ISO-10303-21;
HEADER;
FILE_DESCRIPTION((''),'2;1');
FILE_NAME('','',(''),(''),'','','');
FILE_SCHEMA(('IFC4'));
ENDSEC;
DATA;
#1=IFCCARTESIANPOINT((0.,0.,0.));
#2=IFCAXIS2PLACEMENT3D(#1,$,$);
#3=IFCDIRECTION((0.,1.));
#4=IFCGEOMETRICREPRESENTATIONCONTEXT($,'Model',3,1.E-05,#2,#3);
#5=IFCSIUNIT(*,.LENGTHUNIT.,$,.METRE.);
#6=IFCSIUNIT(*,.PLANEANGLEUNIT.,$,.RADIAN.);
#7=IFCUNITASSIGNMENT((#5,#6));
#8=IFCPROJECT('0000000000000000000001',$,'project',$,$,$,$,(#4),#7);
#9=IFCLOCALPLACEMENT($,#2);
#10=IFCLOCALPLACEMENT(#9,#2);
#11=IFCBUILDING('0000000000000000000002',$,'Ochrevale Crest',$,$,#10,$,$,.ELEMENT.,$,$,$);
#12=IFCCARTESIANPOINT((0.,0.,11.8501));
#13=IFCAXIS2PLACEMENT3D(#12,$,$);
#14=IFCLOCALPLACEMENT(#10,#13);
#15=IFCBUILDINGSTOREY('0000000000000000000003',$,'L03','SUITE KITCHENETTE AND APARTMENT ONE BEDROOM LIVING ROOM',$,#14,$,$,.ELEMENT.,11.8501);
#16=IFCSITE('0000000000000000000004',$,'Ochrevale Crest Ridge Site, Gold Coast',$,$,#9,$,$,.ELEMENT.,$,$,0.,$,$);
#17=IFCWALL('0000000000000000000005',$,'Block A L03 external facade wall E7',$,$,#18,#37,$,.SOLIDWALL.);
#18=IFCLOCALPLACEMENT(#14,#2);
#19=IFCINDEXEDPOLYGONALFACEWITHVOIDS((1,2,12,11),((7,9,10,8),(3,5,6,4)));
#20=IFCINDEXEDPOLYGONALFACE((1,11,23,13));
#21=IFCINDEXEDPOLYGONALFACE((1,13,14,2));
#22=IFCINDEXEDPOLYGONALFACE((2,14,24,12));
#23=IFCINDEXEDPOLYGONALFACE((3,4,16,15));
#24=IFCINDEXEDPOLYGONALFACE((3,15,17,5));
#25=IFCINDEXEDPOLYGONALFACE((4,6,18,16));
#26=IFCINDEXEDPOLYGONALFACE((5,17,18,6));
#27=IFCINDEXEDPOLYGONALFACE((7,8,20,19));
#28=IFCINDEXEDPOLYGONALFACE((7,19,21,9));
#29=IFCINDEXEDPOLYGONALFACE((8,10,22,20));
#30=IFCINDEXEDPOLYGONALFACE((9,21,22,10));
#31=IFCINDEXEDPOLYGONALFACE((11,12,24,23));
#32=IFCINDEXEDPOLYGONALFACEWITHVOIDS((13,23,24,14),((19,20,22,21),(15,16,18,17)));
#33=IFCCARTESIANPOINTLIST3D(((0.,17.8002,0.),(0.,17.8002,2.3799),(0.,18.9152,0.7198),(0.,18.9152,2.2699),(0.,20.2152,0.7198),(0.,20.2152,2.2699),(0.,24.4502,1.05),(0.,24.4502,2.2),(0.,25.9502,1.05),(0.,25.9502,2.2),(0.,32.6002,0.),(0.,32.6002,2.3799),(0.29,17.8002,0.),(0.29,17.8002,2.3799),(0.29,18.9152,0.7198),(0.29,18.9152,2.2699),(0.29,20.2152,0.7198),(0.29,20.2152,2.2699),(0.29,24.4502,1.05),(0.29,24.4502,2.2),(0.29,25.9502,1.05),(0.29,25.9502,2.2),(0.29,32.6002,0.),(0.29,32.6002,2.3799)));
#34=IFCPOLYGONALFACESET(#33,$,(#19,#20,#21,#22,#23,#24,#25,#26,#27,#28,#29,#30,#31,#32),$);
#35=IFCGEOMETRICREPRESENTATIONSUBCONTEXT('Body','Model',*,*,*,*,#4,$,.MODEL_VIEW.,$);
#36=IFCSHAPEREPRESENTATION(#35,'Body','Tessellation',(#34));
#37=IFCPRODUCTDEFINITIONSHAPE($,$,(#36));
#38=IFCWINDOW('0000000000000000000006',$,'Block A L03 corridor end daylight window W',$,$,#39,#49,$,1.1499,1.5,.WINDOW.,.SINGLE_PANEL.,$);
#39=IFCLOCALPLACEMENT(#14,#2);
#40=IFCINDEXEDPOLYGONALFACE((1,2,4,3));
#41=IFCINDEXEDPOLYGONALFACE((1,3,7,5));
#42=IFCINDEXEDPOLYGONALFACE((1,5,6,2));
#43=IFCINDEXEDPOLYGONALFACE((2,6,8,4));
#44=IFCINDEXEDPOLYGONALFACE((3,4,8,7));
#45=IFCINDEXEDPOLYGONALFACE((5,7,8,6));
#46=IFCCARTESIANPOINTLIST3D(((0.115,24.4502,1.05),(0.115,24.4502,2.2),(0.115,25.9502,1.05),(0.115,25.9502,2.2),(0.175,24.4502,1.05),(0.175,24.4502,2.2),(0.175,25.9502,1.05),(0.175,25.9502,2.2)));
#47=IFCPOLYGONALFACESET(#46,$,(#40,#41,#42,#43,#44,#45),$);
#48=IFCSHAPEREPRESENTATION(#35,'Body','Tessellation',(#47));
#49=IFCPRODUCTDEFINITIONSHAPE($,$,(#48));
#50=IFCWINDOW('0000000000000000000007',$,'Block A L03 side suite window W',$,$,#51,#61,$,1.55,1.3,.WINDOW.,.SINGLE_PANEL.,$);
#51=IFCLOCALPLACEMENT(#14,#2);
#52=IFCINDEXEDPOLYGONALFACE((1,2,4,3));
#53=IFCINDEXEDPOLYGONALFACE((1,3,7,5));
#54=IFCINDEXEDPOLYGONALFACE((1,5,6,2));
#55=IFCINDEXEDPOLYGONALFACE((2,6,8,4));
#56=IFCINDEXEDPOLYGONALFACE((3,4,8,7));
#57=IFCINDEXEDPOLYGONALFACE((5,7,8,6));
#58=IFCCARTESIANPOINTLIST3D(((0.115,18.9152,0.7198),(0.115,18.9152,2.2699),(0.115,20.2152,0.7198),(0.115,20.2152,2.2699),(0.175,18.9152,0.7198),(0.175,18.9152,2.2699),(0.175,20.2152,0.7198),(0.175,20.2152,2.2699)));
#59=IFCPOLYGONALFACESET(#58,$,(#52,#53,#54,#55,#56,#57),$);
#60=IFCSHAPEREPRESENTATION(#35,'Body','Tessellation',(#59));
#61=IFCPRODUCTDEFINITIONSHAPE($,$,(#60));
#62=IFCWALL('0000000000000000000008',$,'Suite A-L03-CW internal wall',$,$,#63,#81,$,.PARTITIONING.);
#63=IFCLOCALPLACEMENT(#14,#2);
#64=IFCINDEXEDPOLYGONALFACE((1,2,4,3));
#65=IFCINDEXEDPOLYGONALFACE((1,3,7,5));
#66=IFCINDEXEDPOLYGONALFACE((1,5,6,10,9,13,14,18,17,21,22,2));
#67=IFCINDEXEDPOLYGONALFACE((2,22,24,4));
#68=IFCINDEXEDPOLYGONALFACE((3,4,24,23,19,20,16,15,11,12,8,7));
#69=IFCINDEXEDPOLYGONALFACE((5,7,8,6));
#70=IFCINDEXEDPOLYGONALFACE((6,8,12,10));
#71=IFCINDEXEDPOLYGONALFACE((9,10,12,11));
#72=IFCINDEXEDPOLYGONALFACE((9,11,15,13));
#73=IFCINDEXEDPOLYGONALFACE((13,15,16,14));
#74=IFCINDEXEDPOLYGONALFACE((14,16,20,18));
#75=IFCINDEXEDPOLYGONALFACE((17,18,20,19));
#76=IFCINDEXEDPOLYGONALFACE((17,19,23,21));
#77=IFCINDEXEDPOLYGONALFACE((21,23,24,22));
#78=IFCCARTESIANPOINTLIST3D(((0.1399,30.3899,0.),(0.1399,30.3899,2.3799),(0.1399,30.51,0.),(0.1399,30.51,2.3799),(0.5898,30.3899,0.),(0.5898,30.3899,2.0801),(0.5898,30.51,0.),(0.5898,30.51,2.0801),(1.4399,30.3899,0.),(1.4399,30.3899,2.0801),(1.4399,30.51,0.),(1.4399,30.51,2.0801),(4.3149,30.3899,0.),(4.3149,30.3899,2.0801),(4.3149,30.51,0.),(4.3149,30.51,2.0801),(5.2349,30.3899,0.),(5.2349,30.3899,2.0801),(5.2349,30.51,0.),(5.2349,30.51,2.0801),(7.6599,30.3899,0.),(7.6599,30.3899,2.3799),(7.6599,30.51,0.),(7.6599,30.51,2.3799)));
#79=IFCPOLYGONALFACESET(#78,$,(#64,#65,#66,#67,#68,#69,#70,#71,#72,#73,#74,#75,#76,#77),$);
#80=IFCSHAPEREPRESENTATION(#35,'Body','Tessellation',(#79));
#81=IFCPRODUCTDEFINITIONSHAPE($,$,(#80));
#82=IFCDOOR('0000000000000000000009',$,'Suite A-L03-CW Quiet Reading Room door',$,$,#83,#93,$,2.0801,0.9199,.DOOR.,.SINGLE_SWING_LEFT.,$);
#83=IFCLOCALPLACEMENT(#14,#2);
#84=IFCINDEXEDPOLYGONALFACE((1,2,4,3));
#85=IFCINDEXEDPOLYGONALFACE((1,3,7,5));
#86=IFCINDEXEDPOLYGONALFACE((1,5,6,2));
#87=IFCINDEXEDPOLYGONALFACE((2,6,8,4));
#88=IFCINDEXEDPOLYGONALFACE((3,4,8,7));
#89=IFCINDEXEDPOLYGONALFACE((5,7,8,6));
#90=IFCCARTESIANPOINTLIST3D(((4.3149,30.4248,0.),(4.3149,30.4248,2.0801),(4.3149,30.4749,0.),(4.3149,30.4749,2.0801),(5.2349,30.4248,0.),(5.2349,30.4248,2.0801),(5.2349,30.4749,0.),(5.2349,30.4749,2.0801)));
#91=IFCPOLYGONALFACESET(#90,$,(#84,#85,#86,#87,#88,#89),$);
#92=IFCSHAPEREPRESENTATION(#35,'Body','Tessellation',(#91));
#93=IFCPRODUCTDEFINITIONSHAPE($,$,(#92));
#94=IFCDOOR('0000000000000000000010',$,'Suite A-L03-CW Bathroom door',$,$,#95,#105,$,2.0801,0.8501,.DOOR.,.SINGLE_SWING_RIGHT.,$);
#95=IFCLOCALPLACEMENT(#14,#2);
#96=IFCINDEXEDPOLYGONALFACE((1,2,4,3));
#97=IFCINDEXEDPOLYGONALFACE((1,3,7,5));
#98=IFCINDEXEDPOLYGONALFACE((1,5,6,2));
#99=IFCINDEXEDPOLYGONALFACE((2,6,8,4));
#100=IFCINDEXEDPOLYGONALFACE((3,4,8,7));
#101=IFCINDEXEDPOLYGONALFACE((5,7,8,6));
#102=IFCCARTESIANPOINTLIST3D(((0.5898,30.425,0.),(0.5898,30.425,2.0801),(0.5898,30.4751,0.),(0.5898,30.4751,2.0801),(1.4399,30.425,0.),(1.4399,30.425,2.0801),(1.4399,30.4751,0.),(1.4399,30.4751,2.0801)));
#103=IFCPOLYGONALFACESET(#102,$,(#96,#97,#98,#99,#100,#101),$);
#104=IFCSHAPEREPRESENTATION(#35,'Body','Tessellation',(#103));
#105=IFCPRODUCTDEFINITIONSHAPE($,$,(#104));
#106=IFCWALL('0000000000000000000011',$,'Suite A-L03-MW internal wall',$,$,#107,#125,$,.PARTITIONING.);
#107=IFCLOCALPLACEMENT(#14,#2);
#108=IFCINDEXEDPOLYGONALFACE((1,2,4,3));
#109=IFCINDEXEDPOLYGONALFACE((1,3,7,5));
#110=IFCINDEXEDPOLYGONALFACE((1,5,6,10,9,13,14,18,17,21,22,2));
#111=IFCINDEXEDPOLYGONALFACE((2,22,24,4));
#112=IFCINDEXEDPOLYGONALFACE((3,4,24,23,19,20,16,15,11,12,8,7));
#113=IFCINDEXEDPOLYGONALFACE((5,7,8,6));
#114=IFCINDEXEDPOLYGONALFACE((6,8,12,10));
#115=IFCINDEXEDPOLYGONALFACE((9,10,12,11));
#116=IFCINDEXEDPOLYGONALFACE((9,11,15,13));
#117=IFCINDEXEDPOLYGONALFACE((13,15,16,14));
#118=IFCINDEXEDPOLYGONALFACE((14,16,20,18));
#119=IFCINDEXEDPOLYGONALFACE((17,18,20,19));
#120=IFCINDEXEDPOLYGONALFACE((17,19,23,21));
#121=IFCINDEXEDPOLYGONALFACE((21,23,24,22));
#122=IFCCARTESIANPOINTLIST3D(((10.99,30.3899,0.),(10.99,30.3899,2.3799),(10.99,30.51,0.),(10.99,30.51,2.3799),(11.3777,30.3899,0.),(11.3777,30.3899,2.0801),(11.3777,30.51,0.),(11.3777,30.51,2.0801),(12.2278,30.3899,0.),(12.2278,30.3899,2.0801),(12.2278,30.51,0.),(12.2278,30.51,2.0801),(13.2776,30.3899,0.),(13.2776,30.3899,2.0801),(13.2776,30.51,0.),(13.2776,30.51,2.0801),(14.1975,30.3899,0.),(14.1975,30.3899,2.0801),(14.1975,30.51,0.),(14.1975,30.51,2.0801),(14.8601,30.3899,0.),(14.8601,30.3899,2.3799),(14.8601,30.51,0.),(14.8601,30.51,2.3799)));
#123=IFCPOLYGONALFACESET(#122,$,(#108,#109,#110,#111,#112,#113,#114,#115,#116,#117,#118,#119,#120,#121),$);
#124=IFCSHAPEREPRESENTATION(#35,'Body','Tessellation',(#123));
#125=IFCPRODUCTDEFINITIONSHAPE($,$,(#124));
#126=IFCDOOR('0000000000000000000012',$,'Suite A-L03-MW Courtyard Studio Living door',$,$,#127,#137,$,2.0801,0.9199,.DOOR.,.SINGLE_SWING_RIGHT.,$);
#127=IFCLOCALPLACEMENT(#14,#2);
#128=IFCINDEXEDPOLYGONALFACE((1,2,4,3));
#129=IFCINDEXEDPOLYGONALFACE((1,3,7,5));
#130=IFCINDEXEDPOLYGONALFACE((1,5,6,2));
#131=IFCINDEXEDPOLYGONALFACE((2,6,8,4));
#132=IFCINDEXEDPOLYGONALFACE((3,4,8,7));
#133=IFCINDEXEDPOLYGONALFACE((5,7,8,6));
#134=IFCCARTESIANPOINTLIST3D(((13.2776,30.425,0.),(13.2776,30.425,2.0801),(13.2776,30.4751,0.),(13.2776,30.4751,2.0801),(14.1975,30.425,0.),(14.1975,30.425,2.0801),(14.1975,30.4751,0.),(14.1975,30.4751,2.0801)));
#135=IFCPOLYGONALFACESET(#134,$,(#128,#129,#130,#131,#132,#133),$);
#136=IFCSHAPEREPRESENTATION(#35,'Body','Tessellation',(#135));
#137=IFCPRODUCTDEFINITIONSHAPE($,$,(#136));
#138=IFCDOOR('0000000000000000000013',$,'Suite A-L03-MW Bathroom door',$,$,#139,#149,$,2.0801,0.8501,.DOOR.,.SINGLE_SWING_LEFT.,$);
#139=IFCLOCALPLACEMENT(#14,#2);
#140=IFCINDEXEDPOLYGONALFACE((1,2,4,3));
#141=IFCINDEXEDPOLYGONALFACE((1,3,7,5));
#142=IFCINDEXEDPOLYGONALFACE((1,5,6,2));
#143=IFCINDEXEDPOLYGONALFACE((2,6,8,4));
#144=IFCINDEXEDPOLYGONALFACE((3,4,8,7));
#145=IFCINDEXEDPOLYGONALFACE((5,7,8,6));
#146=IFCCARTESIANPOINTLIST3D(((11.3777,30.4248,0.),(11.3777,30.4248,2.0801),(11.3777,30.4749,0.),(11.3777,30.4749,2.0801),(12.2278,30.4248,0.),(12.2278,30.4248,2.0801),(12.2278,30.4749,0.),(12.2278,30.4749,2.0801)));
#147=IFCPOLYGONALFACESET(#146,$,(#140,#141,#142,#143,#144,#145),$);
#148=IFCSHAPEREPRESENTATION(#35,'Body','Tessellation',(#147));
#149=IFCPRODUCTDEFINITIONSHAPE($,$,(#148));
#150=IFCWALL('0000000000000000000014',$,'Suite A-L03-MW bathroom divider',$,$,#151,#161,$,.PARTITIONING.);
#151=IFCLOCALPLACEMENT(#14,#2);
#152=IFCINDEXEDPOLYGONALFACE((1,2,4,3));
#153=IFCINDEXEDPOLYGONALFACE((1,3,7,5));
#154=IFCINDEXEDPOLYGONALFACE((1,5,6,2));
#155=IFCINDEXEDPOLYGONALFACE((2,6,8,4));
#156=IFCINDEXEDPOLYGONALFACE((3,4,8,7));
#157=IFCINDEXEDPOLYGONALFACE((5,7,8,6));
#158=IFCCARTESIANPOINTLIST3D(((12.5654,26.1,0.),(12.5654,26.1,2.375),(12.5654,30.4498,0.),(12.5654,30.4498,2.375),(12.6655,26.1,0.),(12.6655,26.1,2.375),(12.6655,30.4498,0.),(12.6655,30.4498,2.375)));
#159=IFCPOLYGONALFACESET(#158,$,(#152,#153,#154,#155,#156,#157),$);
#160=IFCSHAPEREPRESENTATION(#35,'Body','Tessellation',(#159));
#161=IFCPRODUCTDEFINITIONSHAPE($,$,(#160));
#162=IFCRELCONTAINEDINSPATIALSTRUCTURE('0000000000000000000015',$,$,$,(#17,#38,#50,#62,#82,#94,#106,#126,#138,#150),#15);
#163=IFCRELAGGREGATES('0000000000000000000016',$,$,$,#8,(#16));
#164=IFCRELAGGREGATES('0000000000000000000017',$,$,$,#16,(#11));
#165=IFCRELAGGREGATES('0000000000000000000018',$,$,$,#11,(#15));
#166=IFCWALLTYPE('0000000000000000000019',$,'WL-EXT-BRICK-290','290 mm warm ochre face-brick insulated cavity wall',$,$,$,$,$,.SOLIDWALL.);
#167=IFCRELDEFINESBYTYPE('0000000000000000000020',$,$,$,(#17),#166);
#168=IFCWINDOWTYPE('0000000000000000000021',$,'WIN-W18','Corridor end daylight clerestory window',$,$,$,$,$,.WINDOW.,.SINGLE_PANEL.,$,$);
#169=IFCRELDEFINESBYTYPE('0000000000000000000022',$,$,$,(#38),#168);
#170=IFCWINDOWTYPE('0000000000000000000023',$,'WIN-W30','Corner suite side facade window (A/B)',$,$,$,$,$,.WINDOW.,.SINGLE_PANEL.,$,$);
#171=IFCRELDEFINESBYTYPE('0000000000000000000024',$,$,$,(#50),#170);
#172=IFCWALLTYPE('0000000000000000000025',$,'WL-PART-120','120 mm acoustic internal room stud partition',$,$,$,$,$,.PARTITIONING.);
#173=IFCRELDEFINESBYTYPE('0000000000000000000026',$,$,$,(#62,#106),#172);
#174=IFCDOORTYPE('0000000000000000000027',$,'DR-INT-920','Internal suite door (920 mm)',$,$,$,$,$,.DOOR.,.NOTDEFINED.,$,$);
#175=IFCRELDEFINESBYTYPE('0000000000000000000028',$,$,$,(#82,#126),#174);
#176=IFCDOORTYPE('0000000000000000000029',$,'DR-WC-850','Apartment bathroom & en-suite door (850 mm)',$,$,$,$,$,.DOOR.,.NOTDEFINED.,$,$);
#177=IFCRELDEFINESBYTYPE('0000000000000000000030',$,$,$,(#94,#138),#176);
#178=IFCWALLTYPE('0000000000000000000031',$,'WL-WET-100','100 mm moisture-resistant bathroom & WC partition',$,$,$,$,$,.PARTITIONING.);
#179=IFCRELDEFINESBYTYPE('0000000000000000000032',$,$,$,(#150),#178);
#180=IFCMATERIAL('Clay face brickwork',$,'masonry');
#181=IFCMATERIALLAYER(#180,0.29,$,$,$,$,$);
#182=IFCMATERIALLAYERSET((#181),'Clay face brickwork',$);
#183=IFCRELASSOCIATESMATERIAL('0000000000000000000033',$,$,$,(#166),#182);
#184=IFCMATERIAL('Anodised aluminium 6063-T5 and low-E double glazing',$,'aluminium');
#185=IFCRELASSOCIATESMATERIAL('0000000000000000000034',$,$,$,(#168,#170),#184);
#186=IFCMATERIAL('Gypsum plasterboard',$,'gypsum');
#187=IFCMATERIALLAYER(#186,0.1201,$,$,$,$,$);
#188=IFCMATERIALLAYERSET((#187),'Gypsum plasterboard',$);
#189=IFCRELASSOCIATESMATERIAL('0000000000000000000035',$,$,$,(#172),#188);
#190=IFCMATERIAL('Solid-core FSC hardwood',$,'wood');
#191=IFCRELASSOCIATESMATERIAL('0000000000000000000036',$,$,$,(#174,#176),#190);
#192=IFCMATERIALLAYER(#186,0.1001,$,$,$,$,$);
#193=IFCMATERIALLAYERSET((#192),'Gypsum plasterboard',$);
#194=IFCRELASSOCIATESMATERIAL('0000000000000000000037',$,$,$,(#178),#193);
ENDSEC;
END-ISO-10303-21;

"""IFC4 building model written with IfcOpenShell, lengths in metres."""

from ifc_helpers import new_model, si_unit, direction, frame, frame_2d, origin, place, context, subcontext, project, spatial, rectangle, extrude, material, layer, layer_set, type_object, element, fill, save


model = new_model("IFC4")

# Units and contexts
model_context = context("Model", 3, precision=1e-05, world=origin(), true_north=direction((0.0, 1.0)))
body_context = subcontext(model_context, "Body", "Model", "MODEL_VIEW")
ifc_project = project(units=[si_unit("LENGTHUNIT", "METRE"), si_unit("PLANEANGLEUNIT", "RADIAN")], contexts=[model_context])

# Site, building, storey
site_placement = place(None, origin())
site = spatial("IfcSite", under=ifc_project, at=site_placement, Name="Ochrevale Crest Ridge Site, Gold Coast", CompositionType="ELEMENT", RefElevation=0.0)
building_placement = place(site_placement, origin())
building = spatial("IfcBuilding", under=site, at=building_placement, Name="Ochrevale Crest", CompositionType="ELEMENT")
storey_placement = place(building_placement, frame((0.0, 0.0, 11.8501)))
storey = spatial("IfcBuildingStorey", under=building, at=storey_placement, Name="L03", Description="SUITE KITCHENETTE AND APARTMENT ONE BEDROOM LIVING ROOM", CompositionType="ELEMENT", Elevation=11.8501)

# Shared definitions
ifc_material_1 = material(Name="Solid-core FSC hardwood", Category="wood")

# Wall, openings, windows
ifc_material_2 = material(Name="Clay face brickwork", Category="masonry")
ifc_layer_1 = layer(ifc_material_2, 0.29)
ifc_layer_set_1 = layer_set([ifc_layer_1], Name="Clay face brickwork")
wall_type_1 = type_object("IfcWallType", Name="WL-EXT-BRICK-290", Description="290 mm warm ochre face-brick insulated cavity wall", PredefinedType="SOLIDWALL", material=ifc_layer_set_1)
wall_1_placement = place(storey_placement, frame((0.145, 32.6001, 0.0), z_axis=(0.0, 0.0, 1.0), x_axis=(0.0, -1.0, 0.0)))
wall_1 = element("IfcWall", 1, at=wall_1_placement, inside=storey, type_object=wall_type_1, Name="Block A L03 external facade wall E7", PredefinedType="SOLIDWALL", context=body_context, shape_type="SweptSolid", body=[
    extrude(rectangle(XDim=14.8, YDim=0.29, at=frame_2d((7.3999, 0.0))), origin(), (0.0, 0.0, 1.0), 2.3799),
])
opening_1_placement = place(wall_1_placement, frame((6.6499, 0.0, 1.05)))
opening_1 = element("IfcOpeningElement", 2, at=opening_1_placement, cuts=wall_1, PredefinedType="OPENING", context=body_context, shape_type="SweptSolid", body=[
    extrude(rectangle(XDim=1.5, YDim=1.1499, at=frame_2d((0.75, 0.575))), frame((0.0, 0.155, 0.0), z_axis=(0.0, -1.0, 0.0), x_axis=(1.0, 0.0, 0.0)), (0.0, 0.0, 1.0), 0.3101),
])
opening_2_placement = place(wall_1_placement, frame((12.385, 0.0, 0.72)))
opening_2 = element("IfcOpeningElement", 3, at=opening_2_placement, cuts=wall_1, PredefinedType="OPENING", context=body_context, shape_type="SweptSolid", body=[
    extrude(rectangle(XDim=1.3, YDim=1.55, at=frame_2d((0.6499, 0.7749))), frame((0.0, 0.155, 0.0), z_axis=(0.0, -1.0, 0.0), x_axis=(1.0, 0.0, 0.0)), (0.0, 0.0, 1.0), 0.3101),
])
ifc_material_3 = material(Name="Anodised aluminium 6063-T5 and low-E double glazing", Category="aluminium")
window_type_1 = type_object("IfcWindowType", Name="WIN-W18", Description="Corridor end daylight clerestory window", PartitioningType="SINGLE_PANEL", PredefinedType="WINDOW", material=ifc_material_3)
window_1_placement = place(opening_1_placement, origin())
window_1 = element("IfcWindow", 4, at=window_1_placement, inside=storey, type_object=window_type_1, Name="Block A L03 corridor end daylight window W", OverallHeight=1.1499, OverallWidth=1.5, PartitioningType="SINGLE_PANEL", PredefinedType="WINDOW", context=body_context, shape_type="SweptSolid", body=[
    extrude(rectangle(XDim=1.5, YDim=1.1499, at=frame_2d((0.75, 0.575))), frame((0.0, 0.03, 0.0), z_axis=(0.0, -1.0, 0.0), x_axis=(1.0, 0.0, 0.0)), (0.0, 0.0, 1.0), 0.0601),
])
fill(opening_1, window_1)
window_type_2 = type_object("IfcWindowType", Name="WIN-W30", Description="Corner suite side facade window (A/B)", PartitioningType="SINGLE_PANEL", PredefinedType="WINDOW", material=ifc_material_3)
window_2_placement = place(opening_2_placement, origin())
window_2 = element("IfcWindow", 5, at=window_2_placement, inside=storey, type_object=window_type_2, Name="Block A L03 side suite window W", OverallHeight=1.55, OverallWidth=1.3, PartitioningType="SINGLE_PANEL", PredefinedType="WINDOW", context=body_context, shape_type="SweptSolid", body=[
    extrude(rectangle(XDim=1.3, YDim=1.55, at=frame_2d((0.6499, 0.7749))), frame((0.0, 0.03, 0.0), z_axis=(0.0, -1.0, 0.0), x_axis=(1.0, 0.0, 0.0)), (0.0, 0.0, 1.0), 0.0601),
])
fill(opening_2, window_2)

# Walls, openings, doors
ifc_material_4 = material(Name="Gypsum plasterboard", Category="gypsum")
ifc_layer_2 = layer(ifc_material_4, 0.1201)
ifc_layer_set_2 = layer_set([ifc_layer_2], Name="Gypsum plasterboard")
wall_type_2 = type_object("IfcWallType", Name="WL-PART-120", Description="120 mm acoustic internal room stud partition", PredefinedType="PARTITIONING", material=ifc_layer_set_2)
wall_2_placement = place(storey_placement, frame((0.1399, 30.45, 0.0), z_axis=(0.0, 0.0, 1.0), x_axis=(1.0, 0.0, 0.0)))
wall_2 = element("IfcWall", 6, at=wall_2_placement, inside=storey, type_object=wall_type_2, Name="Suite A-L03-CW internal wall", PredefinedType="PARTITIONING", context=body_context, shape_type="SweptSolid", body=[
    extrude(rectangle(XDim=7.52, YDim=0.1201, at=frame_2d((3.76, 0.0))), origin(), (0.0, 0.0, 1.0), 2.3799),
])
opening_3_placement = place(wall_2_placement, frame((1.3, 0.0, 0.0), z_axis=(0.0, 0.0, 1.0), x_axis=(-1.0, 0.0, 0.0)))
opening_3 = element("IfcOpeningElement", 7, at=opening_3_placement, cuts=wall_2, PredefinedType="OPENING", context=body_context, shape_type="SweptSolid", body=[
    extrude(rectangle(XDim=0.8501, YDim=2.0801, at=frame_2d((0.425, 1.04))), frame((0.0, 0.0701, 0.0), z_axis=(0.0, -1.0, 0.0), x_axis=(1.0, 0.0, 0.0)), (0.0, 0.0, 1.0), 0.1401),
])
opening_4_placement = place(wall_2_placement, frame((4.175, 0.0, 0.0)))
opening_4 = element("IfcOpeningElement", 8, at=opening_4_placement, cuts=wall_2, PredefinedType="OPENING", context=body_context, shape_type="SweptSolid", body=[
    extrude(rectangle(XDim=0.9199, YDim=2.0801, at=frame_2d((0.46, 1.04))), frame((0.0, 0.0701, 0.0), z_axis=(0.0, -1.0, 0.0), x_axis=(1.0, 0.0, 0.0)), (0.0, 0.0, 1.0), 0.1401),
])
door_type_1 = type_object("IfcDoorType", Name="DR-INT-920", Description="Internal suite door (920 mm)", OperationType="NOTDEFINED", PredefinedType="DOOR", material=ifc_material_1)
door_1_placement = place(opening_4_placement, origin())
door_1 = element("IfcDoor", 9, at=door_1_placement, inside=storey, type_object=door_type_1, Name="Suite A-L03-CW Quiet Reading Room door", OperationType="SINGLE_SWING_LEFT", OverallHeight=2.0801, OverallWidth=0.9199, PredefinedType="DOOR", context=body_context, shape_type="SweptSolid", body=[
    extrude(rectangle(XDim=0.9199, YDim=2.0801, at=frame_2d((0.46, 1.04))), frame((0.0, 0.0249, 0.0), z_axis=(0.0, -1.0, 0.0), x_axis=(1.0, 0.0, 0.0)), (0.0, 0.0, 1.0), 0.05),
])
fill(opening_4, door_1)
door_type_2 = type_object("IfcDoorType", Name="DR-WC-850", Description="Apartment bathroom & en-suite door (850 mm)", OperationType="NOTDEFINED", PredefinedType="DOOR", material=ifc_material_1)
door_2_placement = place(opening_3_placement, origin())
door_2 = element("IfcDoor", 10, at=door_2_placement, inside=storey, type_object=door_type_2, Name="Suite A-L03-CW Bathroom door", OperationType="SINGLE_SWING_RIGHT", OverallHeight=2.0801, OverallWidth=0.8501, PredefinedType="DOOR", context=body_context, shape_type="SweptSolid", body=[
    extrude(rectangle(XDim=0.8501, YDim=2.0801, at=frame_2d((0.425, 1.04))), frame((0.0, 0.0249, 0.0), z_axis=(0.0, -1.0, 0.0), x_axis=(1.0, 0.0, 0.0)), (0.0, 0.0, 1.0), 0.05),
])
fill(opening_3, door_2)
wall_3_placement = place(storey_placement, frame((10.99, 30.45, 0.0), z_axis=(0.0, 0.0, 1.0), x_axis=(1.0, 0.0, 0.0)))
wall_3 = element("IfcWall", 11, at=wall_3_placement, inside=storey, type_object=wall_type_2, Name="Suite A-L03-MW internal wall", PredefinedType="PARTITIONING", context=body_context, shape_type="SweptSolid", body=[
    extrude(rectangle(XDim=3.8701, YDim=0.1201, at=frame_2d((1.9351, 0.0))), origin(), (0.0, 0.0, 1.0), 2.3799),
])
opening_5_placement = place(wall_3_placement, frame((0.3877, 0.0, 0.0)))
opening_5 = element("IfcOpeningElement", 12, at=opening_5_placement, cuts=wall_3, PredefinedType="OPENING", context=body_context, shape_type="SweptSolid", body=[
    extrude(rectangle(XDim=0.8501, YDim=2.0801, at=frame_2d((0.425, 1.04))), frame((0.0, 0.0701, 0.0), z_axis=(0.0, -1.0, 0.0), x_axis=(1.0, 0.0, 0.0)), (0.0, 0.0, 1.0), 0.1401),
])
opening_6_placement = place(wall_3_placement, frame((3.2075, 0.0, 0.0), z_axis=(0.0, 0.0, 1.0), x_axis=(-1.0, 0.0, 0.0)))
opening_6 = element("IfcOpeningElement", 13, at=opening_6_placement, cuts=wall_3, PredefinedType="OPENING", context=body_context, shape_type="SweptSolid", body=[
    extrude(rectangle(XDim=0.9199, YDim=2.0801, at=frame_2d((0.46, 1.04))), frame((0.0, 0.0701, 0.0), z_axis=(0.0, -1.0, 0.0), x_axis=(1.0, 0.0, 0.0)), (0.0, 0.0, 1.0), 0.1401),
])
door_3_placement = place(opening_6_placement, origin())
door_3 = element("IfcDoor", 14, at=door_3_placement, inside=storey, type_object=door_type_1, Name="Suite A-L03-MW Courtyard Studio Living door", OperationType="SINGLE_SWING_RIGHT", OverallHeight=2.0801, OverallWidth=0.9199, PredefinedType="DOOR", context=body_context, shape_type="SweptSolid", body=[
    extrude(rectangle(XDim=0.9199, YDim=2.0801, at=frame_2d((0.46, 1.04))), frame((0.0, 0.0249, 0.0), z_axis=(0.0, -1.0, 0.0), x_axis=(1.0, 0.0, 0.0)), (0.0, 0.0, 1.0), 0.05),
])
fill(opening_6, door_3)
door_4_placement = place(opening_5_placement, origin())
door_4 = element("IfcDoor", 15, at=door_4_placement, inside=storey, type_object=door_type_2, Name="Suite A-L03-MW Bathroom door", OperationType="SINGLE_SWING_LEFT", OverallHeight=2.0801, OverallWidth=0.8501, PredefinedType="DOOR", context=body_context, shape_type="SweptSolid", body=[
    extrude(rectangle(XDim=0.8501, YDim=2.0801, at=frame_2d((0.425, 1.04))), frame((0.0, 0.0249, 0.0), z_axis=(0.0, -1.0, 0.0), x_axis=(1.0, 0.0, 0.0)), (0.0, 0.0, 1.0), 0.05),
])
fill(opening_5, door_4)

# Wall
ifc_layer_3 = layer(ifc_material_4, 0.1001)
ifc_layer_set_3 = layer_set([ifc_layer_3], Name="Gypsum plasterboard")
wall_type_3 = type_object("IfcWallType", Name="WL-WET-100", Description="100 mm moisture-resistant bathroom & WC partition", PredefinedType="PARTITIONING", material=ifc_layer_set_3)
wall_4_placement = place(storey_placement, frame((12.6155, 26.1001, 0.0), z_axis=(0.0, 0.0, 1.0), x_axis=(0.0, 1.0, 0.0)))
element("IfcWall", 16, at=wall_4_placement, inside=storey, type_object=wall_type_3, Name="Suite A-L03-MW bathroom divider", PredefinedType="PARTITIONING", context=body_context, shape_type="SweptSolid", body=[
    extrude(rectangle(XDim=4.3499, YDim=0.1001, at=frame_2d((2.1748, 0.0))), origin(), (0.0, 0.0, 1.0), 2.375),
])

save(model, "model.ifc")
